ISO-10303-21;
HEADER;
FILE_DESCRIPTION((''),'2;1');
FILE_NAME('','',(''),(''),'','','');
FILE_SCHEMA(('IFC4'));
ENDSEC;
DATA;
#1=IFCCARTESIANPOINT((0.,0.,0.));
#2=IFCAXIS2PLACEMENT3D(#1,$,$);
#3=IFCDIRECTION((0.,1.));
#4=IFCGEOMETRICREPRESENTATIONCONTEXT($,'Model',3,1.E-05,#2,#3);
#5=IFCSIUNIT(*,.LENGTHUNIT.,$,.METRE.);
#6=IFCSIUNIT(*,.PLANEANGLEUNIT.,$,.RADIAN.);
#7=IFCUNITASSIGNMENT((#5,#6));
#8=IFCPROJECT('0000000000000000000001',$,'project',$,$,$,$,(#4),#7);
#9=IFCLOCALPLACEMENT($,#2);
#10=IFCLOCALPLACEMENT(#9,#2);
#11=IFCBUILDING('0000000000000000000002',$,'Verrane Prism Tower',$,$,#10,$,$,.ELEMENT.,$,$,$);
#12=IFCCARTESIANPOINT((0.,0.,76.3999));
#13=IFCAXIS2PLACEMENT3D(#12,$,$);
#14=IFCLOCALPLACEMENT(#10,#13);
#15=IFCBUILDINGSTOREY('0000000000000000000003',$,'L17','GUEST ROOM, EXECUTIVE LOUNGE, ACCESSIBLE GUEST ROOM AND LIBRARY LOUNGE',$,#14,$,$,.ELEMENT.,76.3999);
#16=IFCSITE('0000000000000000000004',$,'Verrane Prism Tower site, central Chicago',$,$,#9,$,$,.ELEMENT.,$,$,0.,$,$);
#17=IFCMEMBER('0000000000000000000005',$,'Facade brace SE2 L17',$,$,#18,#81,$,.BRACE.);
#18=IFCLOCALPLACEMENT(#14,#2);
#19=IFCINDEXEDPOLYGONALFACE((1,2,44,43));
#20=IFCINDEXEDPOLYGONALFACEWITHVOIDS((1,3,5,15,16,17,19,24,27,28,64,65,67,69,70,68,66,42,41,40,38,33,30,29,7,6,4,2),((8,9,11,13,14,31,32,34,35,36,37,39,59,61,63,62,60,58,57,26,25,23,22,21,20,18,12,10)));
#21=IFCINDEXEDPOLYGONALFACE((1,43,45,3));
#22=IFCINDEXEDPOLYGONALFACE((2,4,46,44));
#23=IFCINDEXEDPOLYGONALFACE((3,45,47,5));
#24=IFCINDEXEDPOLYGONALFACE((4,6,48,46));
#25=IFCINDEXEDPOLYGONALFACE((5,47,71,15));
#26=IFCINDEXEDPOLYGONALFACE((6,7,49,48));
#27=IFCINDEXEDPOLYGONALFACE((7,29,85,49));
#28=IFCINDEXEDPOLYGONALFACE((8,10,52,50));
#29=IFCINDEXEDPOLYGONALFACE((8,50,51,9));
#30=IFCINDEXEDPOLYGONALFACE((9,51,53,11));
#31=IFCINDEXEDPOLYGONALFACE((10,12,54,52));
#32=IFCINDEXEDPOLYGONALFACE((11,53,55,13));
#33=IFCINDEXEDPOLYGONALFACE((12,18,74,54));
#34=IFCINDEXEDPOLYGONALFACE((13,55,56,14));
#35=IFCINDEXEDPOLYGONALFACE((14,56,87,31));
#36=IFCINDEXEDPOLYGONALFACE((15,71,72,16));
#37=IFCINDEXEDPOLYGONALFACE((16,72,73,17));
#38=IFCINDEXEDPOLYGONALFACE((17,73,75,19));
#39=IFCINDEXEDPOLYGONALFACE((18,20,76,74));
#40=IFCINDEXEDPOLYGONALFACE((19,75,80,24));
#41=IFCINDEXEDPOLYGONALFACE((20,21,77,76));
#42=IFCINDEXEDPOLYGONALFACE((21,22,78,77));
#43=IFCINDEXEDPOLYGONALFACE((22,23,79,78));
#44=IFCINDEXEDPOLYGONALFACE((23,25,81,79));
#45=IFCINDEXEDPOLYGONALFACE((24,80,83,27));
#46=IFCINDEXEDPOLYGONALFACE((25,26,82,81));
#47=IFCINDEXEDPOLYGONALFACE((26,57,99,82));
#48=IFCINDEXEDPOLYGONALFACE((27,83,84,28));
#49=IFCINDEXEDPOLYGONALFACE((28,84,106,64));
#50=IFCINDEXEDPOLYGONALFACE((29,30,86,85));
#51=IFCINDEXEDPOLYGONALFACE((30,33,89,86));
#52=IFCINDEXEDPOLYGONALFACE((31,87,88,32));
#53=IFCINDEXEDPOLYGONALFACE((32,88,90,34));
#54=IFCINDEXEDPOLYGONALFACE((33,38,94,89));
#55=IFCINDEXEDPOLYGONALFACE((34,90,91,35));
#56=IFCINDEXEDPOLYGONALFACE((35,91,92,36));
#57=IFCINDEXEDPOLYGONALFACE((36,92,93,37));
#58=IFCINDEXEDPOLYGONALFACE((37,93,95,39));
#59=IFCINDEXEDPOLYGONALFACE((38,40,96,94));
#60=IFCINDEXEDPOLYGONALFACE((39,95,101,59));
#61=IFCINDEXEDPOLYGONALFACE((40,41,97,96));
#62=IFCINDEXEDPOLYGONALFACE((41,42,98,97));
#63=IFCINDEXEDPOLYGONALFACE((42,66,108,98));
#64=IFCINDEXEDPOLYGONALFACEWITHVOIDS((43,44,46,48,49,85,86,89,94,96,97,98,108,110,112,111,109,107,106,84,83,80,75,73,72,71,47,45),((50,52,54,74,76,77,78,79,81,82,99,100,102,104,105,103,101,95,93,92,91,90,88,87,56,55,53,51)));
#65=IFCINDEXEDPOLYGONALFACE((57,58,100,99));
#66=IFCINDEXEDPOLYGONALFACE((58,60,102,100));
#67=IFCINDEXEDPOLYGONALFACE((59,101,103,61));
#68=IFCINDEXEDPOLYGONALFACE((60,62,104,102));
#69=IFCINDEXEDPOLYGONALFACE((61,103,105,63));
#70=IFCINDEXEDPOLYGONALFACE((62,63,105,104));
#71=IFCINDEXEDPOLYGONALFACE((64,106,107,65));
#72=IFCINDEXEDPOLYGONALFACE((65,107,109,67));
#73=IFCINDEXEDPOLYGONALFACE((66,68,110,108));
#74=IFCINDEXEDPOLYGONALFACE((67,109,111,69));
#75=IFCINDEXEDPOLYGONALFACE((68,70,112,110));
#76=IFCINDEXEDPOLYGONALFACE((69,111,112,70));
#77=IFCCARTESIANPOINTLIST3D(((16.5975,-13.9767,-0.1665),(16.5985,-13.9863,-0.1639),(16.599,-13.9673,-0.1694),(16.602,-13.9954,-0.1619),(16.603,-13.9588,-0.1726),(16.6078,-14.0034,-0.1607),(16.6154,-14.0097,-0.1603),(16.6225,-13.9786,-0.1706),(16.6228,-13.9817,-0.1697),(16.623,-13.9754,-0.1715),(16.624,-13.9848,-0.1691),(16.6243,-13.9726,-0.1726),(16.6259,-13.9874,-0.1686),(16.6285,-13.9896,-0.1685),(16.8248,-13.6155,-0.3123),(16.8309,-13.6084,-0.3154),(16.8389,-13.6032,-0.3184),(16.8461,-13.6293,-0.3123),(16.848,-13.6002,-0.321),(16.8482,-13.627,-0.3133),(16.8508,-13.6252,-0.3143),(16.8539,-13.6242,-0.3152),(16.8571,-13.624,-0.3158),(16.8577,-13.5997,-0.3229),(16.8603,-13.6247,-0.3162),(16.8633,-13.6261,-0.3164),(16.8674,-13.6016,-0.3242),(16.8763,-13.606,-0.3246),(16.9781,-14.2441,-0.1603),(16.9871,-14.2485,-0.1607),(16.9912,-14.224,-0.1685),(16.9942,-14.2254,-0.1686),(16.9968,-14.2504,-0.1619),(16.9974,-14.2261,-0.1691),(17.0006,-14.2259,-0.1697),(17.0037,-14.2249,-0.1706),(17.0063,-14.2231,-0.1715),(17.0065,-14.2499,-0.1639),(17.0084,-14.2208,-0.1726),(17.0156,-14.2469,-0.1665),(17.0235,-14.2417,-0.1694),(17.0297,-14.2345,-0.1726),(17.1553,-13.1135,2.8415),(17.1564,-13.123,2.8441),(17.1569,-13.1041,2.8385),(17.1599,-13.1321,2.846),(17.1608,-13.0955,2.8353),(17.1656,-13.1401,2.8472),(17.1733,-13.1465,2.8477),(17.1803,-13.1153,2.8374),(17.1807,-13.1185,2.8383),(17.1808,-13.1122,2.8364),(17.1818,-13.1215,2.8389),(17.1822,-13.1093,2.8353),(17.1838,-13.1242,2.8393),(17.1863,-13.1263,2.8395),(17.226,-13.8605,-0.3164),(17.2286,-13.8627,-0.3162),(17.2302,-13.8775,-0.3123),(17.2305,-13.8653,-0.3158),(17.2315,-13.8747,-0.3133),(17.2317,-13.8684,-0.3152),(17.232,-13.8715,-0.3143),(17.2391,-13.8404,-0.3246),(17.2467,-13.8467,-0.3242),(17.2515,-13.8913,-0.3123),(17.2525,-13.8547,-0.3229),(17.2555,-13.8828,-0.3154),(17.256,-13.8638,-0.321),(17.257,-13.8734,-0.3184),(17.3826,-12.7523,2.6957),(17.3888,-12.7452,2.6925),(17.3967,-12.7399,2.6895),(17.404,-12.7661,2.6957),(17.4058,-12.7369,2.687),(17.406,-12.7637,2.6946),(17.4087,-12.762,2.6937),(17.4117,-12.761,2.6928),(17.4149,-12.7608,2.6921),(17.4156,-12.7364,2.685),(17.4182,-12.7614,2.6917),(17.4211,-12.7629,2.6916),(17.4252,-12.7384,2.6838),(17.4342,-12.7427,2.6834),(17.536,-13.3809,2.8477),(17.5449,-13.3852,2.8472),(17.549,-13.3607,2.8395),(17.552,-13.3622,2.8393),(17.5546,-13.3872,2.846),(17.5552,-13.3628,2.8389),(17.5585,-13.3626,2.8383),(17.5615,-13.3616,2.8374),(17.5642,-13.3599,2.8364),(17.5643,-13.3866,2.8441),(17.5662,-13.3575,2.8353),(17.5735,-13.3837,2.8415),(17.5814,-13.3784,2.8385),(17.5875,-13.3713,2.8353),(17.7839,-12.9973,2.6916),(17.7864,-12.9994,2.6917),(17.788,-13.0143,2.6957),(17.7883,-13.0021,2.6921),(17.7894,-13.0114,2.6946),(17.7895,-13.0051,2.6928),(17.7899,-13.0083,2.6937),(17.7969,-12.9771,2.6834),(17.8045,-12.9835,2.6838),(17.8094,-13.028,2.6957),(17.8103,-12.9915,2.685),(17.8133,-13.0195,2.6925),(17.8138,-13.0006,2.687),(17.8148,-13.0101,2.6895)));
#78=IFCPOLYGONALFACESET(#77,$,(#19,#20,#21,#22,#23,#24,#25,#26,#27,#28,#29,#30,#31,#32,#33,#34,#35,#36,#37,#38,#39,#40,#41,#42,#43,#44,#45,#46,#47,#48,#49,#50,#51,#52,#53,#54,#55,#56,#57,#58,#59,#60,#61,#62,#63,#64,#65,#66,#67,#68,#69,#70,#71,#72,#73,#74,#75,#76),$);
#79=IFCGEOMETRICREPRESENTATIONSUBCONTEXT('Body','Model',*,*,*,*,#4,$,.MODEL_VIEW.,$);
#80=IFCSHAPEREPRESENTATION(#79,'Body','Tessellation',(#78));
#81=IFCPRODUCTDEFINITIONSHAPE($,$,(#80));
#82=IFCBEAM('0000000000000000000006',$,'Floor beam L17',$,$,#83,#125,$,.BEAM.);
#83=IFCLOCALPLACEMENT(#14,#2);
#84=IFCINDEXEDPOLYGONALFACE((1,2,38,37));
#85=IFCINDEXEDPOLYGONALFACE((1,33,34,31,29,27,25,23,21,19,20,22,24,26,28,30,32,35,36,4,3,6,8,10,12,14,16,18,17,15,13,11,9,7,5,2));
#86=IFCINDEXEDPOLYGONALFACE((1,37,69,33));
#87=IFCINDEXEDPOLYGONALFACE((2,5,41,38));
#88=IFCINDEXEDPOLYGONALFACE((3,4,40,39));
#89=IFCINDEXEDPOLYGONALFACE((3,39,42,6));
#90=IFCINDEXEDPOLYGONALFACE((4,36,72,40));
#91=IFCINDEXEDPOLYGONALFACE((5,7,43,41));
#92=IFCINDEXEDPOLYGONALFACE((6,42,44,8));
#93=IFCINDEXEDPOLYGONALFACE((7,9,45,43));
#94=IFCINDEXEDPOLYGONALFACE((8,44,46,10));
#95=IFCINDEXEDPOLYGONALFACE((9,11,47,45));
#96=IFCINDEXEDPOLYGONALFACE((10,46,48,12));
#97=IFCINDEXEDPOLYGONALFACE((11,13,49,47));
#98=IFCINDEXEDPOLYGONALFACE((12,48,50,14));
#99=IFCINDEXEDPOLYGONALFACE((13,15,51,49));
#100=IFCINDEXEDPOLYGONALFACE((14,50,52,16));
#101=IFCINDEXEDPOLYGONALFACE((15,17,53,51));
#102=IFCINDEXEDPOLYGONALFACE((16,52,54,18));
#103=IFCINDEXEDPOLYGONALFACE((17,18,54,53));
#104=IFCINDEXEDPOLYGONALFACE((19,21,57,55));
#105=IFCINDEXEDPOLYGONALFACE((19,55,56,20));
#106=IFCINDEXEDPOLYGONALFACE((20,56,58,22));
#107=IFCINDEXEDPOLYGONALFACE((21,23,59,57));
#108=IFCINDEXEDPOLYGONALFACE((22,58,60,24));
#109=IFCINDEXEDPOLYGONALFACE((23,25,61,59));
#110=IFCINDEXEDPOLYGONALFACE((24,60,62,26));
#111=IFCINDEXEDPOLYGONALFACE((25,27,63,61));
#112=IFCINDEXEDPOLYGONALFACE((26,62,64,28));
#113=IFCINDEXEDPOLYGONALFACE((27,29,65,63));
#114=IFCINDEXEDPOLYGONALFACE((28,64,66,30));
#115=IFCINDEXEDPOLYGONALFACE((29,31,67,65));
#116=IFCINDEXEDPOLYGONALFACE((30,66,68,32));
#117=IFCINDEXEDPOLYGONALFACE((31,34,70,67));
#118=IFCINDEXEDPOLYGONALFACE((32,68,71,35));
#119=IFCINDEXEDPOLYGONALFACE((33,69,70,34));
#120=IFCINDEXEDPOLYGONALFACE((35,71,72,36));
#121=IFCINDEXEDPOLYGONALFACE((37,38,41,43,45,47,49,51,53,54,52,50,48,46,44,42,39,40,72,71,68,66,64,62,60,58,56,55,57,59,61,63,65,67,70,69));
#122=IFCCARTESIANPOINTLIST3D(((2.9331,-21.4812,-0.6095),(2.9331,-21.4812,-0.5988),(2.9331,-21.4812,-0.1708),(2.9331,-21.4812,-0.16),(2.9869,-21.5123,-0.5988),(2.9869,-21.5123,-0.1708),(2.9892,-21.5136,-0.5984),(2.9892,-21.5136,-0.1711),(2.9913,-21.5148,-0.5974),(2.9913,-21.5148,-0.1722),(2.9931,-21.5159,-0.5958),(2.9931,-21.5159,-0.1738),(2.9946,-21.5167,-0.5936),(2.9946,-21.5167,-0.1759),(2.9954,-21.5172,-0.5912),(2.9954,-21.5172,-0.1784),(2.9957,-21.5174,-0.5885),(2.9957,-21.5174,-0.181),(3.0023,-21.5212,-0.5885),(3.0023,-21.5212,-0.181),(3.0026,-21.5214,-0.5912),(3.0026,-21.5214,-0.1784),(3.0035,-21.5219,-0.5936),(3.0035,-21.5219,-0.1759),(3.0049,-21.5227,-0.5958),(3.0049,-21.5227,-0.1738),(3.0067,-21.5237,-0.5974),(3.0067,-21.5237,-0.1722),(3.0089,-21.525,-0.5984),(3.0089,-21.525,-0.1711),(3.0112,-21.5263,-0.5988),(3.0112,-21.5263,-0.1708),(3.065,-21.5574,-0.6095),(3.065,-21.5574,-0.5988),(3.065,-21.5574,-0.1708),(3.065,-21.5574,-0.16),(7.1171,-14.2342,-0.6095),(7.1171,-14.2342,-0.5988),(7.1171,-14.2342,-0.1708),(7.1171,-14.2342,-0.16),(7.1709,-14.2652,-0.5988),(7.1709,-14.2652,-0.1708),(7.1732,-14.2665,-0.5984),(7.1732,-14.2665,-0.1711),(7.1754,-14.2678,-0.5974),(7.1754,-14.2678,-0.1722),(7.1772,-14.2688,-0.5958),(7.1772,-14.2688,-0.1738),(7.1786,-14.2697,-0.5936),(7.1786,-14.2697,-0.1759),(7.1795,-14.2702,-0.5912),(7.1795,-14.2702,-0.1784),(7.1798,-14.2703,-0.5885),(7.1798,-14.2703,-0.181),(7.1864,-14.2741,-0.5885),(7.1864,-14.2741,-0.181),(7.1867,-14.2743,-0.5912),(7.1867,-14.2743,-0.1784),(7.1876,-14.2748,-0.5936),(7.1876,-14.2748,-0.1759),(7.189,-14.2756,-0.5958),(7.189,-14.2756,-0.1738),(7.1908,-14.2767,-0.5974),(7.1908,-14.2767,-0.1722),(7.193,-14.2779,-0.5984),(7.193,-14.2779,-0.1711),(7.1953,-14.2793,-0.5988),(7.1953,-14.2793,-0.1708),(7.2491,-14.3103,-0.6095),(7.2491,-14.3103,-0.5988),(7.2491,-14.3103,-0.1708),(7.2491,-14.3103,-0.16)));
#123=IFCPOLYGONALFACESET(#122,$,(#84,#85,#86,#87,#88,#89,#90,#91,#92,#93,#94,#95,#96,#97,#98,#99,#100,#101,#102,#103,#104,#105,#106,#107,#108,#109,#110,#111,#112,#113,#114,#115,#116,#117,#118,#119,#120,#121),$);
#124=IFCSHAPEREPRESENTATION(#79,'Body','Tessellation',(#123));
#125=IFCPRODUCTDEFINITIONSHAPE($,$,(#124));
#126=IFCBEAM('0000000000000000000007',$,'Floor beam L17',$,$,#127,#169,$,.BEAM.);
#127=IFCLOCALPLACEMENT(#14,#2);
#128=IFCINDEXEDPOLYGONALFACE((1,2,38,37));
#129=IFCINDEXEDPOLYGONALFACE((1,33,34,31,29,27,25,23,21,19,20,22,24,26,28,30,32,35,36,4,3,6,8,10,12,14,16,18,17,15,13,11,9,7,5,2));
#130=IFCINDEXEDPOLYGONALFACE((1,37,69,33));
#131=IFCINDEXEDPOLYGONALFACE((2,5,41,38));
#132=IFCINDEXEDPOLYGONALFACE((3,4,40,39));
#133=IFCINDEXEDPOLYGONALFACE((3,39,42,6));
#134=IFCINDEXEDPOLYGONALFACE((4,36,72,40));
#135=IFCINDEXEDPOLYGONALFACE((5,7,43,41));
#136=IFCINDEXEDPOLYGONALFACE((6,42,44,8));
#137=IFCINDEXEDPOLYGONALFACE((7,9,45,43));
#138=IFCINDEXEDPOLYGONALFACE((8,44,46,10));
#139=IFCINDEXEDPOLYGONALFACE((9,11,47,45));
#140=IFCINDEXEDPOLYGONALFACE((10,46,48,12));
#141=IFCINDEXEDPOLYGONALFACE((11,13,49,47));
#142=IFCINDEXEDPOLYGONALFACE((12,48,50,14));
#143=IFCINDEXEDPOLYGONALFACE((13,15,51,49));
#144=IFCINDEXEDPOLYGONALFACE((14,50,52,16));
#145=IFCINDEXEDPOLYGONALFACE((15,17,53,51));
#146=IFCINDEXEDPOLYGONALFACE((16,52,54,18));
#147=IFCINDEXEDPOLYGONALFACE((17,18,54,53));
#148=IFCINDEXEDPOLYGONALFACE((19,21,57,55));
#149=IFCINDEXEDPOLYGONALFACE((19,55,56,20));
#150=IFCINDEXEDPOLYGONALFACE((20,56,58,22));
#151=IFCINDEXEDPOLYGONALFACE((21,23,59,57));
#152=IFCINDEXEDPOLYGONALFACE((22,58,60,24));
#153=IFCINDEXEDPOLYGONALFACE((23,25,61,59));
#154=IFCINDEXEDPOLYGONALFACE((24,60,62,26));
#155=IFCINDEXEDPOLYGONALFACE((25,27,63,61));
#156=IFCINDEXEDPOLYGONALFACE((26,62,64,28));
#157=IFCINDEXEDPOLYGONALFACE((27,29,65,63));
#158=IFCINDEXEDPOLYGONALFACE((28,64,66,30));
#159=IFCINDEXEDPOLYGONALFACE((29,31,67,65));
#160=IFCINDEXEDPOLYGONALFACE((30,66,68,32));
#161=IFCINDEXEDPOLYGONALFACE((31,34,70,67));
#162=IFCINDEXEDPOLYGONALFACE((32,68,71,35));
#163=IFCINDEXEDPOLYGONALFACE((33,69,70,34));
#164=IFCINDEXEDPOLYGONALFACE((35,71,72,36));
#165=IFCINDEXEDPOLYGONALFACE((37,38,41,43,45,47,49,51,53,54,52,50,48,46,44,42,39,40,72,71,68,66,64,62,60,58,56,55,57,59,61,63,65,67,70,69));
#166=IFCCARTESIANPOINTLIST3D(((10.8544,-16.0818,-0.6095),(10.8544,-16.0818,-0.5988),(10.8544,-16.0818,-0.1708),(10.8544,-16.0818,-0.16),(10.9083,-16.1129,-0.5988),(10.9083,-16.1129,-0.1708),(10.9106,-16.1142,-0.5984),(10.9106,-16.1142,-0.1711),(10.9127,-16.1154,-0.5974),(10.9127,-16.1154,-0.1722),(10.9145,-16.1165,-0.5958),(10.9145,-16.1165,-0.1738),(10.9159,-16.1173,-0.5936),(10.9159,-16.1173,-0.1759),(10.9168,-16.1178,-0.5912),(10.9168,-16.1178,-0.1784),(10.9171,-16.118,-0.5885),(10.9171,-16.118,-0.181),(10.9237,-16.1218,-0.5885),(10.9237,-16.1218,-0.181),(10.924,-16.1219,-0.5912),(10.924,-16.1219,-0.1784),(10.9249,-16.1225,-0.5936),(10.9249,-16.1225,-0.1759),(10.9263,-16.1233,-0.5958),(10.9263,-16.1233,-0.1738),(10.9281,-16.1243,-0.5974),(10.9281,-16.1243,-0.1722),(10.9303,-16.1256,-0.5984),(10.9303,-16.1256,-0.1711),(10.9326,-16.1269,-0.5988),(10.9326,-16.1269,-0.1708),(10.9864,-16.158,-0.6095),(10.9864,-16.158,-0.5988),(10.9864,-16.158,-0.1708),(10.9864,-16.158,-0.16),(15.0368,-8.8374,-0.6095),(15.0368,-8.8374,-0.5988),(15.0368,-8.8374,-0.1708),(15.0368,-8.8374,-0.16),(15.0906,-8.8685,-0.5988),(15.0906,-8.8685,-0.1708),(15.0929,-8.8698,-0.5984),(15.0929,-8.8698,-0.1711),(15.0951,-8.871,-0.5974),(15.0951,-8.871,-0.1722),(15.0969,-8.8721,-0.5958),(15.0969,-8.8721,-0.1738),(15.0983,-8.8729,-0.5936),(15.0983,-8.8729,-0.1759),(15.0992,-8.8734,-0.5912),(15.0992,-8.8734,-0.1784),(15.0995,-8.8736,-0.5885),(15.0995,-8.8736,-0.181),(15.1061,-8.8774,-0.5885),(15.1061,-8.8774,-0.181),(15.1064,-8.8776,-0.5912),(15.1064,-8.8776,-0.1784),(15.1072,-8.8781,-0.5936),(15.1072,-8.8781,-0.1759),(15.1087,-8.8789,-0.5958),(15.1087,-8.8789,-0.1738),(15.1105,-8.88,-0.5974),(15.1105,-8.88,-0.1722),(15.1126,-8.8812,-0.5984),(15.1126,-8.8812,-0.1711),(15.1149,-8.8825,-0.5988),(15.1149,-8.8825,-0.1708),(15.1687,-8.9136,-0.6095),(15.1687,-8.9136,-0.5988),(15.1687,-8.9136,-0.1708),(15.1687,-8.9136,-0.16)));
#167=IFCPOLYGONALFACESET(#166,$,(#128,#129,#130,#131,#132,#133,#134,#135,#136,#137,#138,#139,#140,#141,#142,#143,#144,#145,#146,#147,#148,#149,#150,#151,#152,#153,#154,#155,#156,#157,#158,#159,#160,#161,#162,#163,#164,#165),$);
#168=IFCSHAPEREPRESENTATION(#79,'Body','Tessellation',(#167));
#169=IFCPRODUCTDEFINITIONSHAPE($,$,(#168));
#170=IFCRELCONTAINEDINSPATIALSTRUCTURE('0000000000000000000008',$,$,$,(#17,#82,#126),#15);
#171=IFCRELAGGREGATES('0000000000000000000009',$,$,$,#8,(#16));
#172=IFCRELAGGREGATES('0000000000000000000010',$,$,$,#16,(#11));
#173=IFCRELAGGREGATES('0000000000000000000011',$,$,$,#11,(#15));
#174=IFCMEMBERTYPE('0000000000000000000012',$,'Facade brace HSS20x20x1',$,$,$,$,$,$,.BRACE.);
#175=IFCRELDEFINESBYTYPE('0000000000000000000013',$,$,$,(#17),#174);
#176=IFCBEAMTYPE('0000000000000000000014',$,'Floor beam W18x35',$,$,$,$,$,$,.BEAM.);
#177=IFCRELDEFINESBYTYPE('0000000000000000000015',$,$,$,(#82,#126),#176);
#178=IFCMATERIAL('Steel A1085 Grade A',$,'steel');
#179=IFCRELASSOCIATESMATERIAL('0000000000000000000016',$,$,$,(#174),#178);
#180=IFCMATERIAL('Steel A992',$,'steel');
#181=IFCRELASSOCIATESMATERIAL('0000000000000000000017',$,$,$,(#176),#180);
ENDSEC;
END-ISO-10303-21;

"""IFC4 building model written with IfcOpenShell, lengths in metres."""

from ifc_helpers import new_model, si_unit, direction, frame, origin, origin_2d, place, context, subcontext, project, spatial, hollow_rectangle, i_section, extrude, material, material_profile, profile_set, type_object, element, save


model = new_model("IFC4")

# Units and contexts
model_context = context("Model", 3, precision=1e-05, world=origin(), true_north=direction((0.0, 1.0)))
body_context = subcontext(model_context, "Body", "Model", "MODEL_VIEW")
ifc_project = project(units=[si_unit("LENGTHUNIT", "METRE"), si_unit("PLANEANGLEUNIT", "RADIAN")], contexts=[model_context])

# Site, building, storey
site_placement = place(None, origin())
site = spatial("IfcSite", under=ifc_project, at=site_placement, Name="Verrane Prism Tower site, central Chicago", CompositionType="ELEMENT", RefElevation=0.0)
building_placement = place(site_placement, origin())
building = spatial("IfcBuilding", under=site, at=building_placement, Name="Verrane Prism Tower", CompositionType="ELEMENT")
storey_placement = place(building_placement, frame((0.0, 0.0, 76.3999)))
storey = spatial("IfcBuildingStorey", under=building, at=storey_placement, Name="L17", Description="GUEST ROOM, EXECUTIVE LOUNGE, ACCESSIBLE GUEST ROOM AND LIBRARY LOUNGE", CompositionType="ELEMENT", Elevation=76.3999)

# Member
ifc_material_1 = material(Name="Steel A1085 Grade A", Category="steel")
ifc_material_profile_1 = material_profile(ifc_material_1, hollow_rectangle(XDim=0.5081, YDim=0.5081, WallThickness=0.0254, InnerFilletRadius=0.0127, OuterFilletRadius=0.0381, at=origin_2d()), Name="HSS20x20x1")
ifc_profile_set_1 = profile_set([ifc_material_profile_1], Name="Steel A1085 Grade A")
member_type_1 = type_object("IfcMemberType", Name="Facade brace HSS20x20x1", PredefinedType="BRACE", material=ifc_profile_set_1)
member_1_placement = place(storey_placement, frame((16.9272, -13.925, -0.2424), z_axis=(0.175493, 0.271573, 0.946282), x_axis=(-0.839895, 0.542749, 0.0)))
element("IfcMember", 1, at=member_1_placement, inside=storey, type_object=member_type_1, Name="Facade brace SE2 L17", PredefinedType="BRACE", context=body_context, shape_type="SweptSolid", body=[
    extrude(hollow_rectangle(XDim=0.5081, YDim=0.5081, WallThickness=0.0254, InnerFilletRadius=0.0127, OuterFilletRadius=0.0381, at=origin_2d()), origin(), (0.0, 0.0, 1.0), 3.1787),
])

# Beams
ifc_material_2 = material(Name="Steel A992", Category="steel")
ifc_material_profile_2 = material_profile(ifc_material_2, i_section(OverallWidth=0.1523, OverallDepth=0.4495, WebThickness=0.0076, FlangeThickness=0.0107, FilletRadius=0.0103, at=origin_2d()), Name="W18x35")
ifc_profile_set_2 = profile_set([ifc_material_profile_2], Name="Steel A992")
beam_type_1 = type_object("IfcBeamType", Name="Floor beam W18x35", PredefinedType="BEAM", material=ifc_profile_set_2)
beam_1_placement = place(storey_placement, frame((2.999, -21.5193, -0.3848), z_axis=(0.499999, 0.866026, 0.0), x_axis=(-0.866026, 0.499999, 0.0)))
element("IfcBeam", 2, at=beam_1_placement, inside=storey, type_object=beam_type_1, Name="Floor beam L17", PredefinedType="BEAM", context=body_context, shape_type="SweptSolid", body=[
    extrude(i_section(OverallWidth=0.1523, OverallDepth=0.4495, WebThickness=0.0076, FlangeThickness=0.0107, FilletRadius=0.0103, at=origin_2d()), origin(), (0.0, 0.0, 1.0), 8.3682),
])
beam_2_placement = place(storey_placement, frame((10.9204, -16.1199, -0.3848), z_axis=(0.499984, 0.866034, 0.0), x_axis=(-0.866034, 0.499984, 0.0)))
element("IfcBeam", 3, at=beam_2_placement, inside=storey, type_object=beam_type_1, Name="Floor beam L17", PredefinedType="BEAM", context=body_context, shape_type="SweptSolid", body=[
    extrude(i_section(OverallWidth=0.1523, OverallDepth=0.4495, WebThickness=0.0076, FlangeThickness=0.0107, FilletRadius=0.0103, at=origin_2d()), origin(), (0.0, 0.0, 1.0), 8.365),
])

save(model, "model.ifc")
